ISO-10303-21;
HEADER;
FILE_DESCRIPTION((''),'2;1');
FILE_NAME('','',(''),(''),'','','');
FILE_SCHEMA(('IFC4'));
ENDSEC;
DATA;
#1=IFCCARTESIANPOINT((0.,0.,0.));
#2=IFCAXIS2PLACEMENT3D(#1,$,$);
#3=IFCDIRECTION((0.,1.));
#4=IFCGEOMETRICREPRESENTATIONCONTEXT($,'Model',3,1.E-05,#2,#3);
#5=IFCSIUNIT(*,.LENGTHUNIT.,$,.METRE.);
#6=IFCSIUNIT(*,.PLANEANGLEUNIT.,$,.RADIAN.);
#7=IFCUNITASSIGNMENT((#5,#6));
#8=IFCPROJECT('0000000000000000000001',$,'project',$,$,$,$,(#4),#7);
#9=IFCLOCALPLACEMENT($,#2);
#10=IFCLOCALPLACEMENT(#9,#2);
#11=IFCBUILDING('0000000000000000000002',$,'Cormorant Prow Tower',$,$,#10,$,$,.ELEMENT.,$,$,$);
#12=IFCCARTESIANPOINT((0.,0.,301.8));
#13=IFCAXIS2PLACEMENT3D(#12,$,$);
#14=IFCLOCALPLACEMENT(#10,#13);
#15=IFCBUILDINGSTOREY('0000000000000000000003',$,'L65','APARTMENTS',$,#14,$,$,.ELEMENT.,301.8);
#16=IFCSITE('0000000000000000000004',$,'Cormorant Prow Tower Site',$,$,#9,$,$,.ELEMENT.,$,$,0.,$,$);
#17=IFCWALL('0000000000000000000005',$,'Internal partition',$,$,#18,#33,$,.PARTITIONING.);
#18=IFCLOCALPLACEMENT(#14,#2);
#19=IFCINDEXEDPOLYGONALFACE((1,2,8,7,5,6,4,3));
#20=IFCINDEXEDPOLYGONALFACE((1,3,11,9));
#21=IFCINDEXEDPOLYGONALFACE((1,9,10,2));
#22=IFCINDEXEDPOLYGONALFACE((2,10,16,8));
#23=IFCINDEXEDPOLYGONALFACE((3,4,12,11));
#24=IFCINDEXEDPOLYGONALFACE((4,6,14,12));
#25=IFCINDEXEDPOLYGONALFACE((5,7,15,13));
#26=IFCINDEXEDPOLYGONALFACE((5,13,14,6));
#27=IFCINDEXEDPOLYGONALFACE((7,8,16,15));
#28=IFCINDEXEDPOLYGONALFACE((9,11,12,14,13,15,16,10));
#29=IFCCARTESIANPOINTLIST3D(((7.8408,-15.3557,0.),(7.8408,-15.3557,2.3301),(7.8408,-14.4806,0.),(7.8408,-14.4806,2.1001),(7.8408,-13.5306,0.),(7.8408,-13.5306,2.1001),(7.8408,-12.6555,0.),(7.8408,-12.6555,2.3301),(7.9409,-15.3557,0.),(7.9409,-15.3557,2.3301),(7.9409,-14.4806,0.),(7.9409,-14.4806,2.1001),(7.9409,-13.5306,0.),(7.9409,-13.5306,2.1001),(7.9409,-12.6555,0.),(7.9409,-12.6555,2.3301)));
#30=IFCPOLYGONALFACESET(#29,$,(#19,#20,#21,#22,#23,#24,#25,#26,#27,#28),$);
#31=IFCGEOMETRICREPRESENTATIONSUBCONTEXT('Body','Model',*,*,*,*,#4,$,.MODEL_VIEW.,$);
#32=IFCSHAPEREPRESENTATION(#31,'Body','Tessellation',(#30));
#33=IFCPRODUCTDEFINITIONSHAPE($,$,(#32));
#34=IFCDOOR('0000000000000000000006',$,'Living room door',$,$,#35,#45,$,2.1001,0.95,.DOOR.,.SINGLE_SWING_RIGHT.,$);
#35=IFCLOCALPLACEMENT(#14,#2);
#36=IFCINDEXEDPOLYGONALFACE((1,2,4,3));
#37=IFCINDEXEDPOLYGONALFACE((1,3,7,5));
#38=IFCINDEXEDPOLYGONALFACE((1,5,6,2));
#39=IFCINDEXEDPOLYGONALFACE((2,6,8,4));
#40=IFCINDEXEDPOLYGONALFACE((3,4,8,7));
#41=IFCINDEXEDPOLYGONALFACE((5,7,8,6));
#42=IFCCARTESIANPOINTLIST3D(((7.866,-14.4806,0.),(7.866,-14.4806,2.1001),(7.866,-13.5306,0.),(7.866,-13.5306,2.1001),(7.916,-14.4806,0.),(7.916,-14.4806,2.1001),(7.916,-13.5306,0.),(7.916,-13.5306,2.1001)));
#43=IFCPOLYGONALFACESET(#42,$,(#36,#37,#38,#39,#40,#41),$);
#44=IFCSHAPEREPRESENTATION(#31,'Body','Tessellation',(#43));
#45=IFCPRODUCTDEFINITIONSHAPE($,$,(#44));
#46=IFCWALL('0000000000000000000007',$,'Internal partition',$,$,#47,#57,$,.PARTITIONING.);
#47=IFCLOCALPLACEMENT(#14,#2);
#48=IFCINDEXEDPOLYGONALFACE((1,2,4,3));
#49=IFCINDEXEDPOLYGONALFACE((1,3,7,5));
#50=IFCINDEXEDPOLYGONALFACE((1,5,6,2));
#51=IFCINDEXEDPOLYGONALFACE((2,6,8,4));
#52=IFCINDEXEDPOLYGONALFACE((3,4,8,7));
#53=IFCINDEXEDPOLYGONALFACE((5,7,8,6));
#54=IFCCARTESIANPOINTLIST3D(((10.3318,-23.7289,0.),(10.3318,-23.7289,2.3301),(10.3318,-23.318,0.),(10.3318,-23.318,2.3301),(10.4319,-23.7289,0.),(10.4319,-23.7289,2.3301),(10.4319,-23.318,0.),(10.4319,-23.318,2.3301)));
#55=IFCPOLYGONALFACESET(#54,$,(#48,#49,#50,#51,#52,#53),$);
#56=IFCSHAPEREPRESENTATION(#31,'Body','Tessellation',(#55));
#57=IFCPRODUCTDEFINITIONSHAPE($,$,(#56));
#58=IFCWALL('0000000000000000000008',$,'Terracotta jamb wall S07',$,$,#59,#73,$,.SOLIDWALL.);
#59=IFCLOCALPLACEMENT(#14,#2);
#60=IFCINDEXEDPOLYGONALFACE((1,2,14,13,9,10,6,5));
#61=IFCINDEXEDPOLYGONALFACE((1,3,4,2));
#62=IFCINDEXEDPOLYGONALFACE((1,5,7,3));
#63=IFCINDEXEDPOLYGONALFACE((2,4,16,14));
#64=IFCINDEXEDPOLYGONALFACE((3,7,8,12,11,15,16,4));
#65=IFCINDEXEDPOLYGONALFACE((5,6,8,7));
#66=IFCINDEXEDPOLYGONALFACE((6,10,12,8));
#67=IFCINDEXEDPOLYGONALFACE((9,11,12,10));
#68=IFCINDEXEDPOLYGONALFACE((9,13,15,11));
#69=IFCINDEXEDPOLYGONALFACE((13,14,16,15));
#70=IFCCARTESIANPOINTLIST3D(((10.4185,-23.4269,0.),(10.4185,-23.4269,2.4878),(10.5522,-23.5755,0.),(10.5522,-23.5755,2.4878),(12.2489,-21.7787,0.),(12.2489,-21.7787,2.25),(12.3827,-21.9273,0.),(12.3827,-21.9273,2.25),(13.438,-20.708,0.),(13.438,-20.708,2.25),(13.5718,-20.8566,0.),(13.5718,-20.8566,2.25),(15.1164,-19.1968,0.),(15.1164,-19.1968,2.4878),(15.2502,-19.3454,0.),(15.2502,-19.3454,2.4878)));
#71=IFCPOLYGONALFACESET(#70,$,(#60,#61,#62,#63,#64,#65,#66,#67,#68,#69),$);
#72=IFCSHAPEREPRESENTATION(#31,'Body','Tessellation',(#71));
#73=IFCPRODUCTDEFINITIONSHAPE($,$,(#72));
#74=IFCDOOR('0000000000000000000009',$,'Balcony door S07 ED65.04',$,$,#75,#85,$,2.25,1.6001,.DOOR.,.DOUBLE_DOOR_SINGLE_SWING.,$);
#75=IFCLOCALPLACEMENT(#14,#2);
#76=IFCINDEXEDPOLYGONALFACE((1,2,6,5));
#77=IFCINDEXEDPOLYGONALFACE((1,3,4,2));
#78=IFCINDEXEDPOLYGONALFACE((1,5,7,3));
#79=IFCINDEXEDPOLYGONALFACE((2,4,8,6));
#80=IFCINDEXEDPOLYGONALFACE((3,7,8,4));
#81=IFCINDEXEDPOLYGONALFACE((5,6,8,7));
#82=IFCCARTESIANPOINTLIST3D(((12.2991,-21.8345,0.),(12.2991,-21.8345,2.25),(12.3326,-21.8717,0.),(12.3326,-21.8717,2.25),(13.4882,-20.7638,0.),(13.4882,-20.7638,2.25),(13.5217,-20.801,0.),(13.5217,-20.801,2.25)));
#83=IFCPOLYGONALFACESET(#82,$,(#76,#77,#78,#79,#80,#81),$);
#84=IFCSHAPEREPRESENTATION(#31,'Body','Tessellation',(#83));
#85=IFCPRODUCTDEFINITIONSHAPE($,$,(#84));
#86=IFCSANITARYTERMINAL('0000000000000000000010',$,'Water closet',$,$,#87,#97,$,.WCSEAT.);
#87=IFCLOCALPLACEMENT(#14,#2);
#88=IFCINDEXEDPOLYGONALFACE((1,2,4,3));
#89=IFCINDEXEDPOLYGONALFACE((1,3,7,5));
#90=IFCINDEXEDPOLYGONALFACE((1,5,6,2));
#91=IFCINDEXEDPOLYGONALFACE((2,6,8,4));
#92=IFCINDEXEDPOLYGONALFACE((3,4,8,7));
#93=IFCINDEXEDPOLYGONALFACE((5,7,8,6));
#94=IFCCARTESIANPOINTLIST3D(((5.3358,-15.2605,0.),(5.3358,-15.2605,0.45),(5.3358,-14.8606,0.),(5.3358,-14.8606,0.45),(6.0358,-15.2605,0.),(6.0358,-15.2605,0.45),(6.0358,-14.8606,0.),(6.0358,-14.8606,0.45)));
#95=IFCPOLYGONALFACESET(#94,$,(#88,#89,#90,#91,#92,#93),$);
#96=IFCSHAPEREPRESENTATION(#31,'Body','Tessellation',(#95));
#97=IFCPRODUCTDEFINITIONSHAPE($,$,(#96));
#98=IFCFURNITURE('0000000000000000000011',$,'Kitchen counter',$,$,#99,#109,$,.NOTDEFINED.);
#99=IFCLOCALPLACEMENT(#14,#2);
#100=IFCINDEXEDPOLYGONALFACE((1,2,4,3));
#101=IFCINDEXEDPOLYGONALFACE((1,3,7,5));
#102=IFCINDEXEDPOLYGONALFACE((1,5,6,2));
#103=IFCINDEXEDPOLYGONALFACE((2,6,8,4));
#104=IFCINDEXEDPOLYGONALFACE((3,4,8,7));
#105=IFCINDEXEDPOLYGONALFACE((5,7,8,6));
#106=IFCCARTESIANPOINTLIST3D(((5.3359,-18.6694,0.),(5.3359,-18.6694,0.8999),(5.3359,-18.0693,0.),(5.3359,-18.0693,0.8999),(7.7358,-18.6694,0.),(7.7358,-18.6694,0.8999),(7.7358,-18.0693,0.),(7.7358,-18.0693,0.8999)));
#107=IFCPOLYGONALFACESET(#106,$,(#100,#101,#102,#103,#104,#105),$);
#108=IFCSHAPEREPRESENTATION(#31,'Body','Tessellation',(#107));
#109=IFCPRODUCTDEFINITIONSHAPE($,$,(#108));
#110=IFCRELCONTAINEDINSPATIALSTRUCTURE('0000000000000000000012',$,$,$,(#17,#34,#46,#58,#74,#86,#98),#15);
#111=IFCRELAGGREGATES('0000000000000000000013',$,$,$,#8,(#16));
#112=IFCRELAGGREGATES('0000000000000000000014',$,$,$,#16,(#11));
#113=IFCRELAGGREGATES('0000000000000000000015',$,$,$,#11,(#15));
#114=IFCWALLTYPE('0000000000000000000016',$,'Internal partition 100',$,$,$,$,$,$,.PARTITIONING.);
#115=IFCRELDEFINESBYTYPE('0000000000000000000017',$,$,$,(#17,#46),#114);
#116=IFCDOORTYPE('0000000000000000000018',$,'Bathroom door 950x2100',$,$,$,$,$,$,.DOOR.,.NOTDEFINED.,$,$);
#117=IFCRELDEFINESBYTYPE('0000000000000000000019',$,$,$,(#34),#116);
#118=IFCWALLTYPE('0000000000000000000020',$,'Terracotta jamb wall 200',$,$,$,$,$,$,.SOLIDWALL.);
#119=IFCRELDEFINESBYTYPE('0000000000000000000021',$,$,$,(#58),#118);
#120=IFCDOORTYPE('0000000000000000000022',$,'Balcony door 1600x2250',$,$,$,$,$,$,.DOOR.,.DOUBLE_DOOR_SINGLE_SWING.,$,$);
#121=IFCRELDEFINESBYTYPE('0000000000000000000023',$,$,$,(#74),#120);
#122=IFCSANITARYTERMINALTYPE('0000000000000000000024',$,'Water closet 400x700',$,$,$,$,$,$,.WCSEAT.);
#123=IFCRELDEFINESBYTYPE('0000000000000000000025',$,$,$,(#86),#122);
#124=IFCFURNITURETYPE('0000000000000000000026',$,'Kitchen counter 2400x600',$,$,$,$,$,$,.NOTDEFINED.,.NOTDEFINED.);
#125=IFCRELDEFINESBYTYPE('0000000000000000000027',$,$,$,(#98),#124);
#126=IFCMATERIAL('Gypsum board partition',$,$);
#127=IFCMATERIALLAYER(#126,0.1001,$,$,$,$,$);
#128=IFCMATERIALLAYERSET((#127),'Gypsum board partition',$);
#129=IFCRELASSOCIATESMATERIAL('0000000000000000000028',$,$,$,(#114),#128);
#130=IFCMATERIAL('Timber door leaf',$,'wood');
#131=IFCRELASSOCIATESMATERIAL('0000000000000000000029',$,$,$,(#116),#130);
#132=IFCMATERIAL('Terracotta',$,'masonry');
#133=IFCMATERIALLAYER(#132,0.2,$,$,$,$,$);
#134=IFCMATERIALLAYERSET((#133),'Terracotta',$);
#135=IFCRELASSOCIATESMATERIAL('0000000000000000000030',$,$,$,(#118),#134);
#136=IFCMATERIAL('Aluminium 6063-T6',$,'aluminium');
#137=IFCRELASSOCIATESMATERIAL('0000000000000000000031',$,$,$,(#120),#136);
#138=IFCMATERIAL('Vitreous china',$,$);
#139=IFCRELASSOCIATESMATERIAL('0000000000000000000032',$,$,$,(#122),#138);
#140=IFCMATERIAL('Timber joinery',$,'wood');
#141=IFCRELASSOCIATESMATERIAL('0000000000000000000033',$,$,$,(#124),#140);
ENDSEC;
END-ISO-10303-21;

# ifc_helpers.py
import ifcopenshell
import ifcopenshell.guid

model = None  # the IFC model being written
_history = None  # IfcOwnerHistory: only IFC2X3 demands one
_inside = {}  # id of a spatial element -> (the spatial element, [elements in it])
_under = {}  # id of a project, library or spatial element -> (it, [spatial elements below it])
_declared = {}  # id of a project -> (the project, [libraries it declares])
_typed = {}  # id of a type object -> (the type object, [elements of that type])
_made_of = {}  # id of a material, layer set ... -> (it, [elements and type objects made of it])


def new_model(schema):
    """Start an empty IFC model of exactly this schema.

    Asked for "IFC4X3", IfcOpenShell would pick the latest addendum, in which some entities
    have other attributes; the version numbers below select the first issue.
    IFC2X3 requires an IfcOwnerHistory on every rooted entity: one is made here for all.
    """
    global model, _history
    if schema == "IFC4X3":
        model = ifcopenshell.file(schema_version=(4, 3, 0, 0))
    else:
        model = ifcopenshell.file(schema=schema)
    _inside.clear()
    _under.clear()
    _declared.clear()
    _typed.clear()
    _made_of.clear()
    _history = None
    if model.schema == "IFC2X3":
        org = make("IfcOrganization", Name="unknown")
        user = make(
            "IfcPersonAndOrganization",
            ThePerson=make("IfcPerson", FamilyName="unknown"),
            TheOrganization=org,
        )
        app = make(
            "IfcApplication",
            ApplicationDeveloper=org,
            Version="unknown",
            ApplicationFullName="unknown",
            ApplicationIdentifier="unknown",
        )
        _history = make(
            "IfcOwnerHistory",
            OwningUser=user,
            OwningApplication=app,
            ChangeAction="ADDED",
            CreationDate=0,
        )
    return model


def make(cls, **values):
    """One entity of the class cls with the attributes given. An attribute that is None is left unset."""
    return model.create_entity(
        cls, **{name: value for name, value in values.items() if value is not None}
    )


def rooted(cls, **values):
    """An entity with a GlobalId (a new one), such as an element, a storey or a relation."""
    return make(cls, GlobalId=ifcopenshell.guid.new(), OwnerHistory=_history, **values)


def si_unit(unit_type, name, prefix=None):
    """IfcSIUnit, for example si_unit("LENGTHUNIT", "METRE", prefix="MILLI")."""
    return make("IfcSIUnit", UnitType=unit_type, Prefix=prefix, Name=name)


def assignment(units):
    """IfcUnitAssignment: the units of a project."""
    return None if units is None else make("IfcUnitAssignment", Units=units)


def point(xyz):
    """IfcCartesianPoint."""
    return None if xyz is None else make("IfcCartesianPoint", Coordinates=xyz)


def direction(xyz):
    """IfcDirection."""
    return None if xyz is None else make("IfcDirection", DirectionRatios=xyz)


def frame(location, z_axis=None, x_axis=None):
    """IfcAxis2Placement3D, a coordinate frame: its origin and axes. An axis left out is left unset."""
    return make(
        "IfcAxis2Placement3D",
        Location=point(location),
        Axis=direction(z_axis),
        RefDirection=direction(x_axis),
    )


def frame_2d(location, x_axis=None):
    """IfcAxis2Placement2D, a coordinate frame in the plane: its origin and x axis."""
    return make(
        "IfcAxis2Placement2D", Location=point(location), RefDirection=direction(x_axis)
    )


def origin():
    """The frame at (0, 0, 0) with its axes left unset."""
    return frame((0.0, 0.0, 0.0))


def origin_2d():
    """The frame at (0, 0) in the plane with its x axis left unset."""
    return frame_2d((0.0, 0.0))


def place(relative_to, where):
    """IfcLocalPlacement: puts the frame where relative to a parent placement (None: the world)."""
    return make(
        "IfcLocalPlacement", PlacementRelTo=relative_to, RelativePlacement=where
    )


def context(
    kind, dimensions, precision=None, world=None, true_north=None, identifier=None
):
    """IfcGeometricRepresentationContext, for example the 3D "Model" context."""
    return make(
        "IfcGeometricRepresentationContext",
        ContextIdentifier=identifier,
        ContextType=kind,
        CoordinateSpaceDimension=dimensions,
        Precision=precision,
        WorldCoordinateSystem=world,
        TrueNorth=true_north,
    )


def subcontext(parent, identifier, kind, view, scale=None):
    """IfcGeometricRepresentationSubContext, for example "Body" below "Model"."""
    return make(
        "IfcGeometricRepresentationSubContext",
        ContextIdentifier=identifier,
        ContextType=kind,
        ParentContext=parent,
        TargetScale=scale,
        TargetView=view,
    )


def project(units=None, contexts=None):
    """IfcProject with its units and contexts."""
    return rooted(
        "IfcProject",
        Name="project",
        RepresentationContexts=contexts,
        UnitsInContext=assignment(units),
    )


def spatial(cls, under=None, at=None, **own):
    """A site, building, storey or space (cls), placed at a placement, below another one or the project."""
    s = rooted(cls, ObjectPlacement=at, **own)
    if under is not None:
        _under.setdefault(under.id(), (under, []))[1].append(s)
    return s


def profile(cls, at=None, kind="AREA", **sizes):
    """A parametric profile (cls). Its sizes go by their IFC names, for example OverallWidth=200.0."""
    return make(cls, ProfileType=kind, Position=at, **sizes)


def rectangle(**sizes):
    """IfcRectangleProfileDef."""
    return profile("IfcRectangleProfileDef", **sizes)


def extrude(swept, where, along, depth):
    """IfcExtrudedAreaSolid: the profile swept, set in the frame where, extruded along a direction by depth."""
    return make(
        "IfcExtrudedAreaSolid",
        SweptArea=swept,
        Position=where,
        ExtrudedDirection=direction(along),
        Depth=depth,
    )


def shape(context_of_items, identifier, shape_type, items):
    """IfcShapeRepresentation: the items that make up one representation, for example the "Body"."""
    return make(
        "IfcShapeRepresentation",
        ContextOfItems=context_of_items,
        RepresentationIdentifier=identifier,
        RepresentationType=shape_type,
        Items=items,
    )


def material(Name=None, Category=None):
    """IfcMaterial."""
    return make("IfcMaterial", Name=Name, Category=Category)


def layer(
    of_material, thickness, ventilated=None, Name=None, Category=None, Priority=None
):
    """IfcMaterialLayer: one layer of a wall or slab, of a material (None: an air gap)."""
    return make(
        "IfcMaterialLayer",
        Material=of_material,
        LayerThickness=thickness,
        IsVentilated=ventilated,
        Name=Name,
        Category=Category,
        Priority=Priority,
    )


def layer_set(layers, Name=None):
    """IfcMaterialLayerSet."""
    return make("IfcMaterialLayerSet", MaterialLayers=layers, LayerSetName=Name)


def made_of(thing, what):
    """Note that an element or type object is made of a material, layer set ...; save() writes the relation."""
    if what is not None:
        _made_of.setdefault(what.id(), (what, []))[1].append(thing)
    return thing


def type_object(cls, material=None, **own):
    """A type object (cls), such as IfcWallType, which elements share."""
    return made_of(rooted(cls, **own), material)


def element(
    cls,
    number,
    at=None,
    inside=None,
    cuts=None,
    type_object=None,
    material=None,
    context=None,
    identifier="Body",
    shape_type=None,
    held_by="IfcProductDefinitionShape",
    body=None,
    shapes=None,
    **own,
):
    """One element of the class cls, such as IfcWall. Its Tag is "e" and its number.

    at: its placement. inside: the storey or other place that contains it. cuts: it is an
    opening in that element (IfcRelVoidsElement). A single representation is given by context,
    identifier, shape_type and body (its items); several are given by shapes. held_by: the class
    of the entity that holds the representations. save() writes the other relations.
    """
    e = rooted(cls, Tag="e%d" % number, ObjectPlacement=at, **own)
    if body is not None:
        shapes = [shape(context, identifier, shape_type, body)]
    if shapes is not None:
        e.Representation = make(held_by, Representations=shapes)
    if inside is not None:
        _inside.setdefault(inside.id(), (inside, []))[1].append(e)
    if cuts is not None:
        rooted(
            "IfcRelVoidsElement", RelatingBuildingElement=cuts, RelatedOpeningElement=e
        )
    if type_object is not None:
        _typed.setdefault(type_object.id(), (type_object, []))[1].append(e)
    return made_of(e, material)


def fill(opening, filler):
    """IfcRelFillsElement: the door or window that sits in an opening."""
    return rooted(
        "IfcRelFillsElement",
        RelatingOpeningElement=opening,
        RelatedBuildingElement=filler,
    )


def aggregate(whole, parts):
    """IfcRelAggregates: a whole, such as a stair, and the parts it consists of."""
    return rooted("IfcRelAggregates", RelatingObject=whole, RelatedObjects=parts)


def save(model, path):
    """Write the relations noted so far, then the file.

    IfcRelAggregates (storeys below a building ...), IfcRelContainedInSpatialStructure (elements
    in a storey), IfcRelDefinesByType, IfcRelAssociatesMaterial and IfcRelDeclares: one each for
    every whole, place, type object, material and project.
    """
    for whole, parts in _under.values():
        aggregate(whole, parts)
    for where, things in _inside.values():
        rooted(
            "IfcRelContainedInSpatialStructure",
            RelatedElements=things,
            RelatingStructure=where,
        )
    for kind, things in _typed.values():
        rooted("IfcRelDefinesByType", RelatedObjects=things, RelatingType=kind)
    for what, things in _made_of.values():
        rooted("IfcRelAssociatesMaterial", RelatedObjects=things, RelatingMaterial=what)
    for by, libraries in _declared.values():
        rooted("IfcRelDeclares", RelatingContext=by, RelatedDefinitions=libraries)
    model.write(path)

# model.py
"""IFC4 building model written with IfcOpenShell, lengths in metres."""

from ifc_helpers import new_model, si_unit, direction, frame, frame_2d, origin, origin_2d, place, context, subcontext, project, spatial, rectangle, extrude, material, layer, layer_set, type_object, element, fill, save


model = new_model("IFC4")

# Units and contexts
model_context = context("Model", 3, precision=1e-05, world=origin(), true_north=direction((0.0, 1.0)))
body_context = subcontext(model_context, "Body", "Model", "MODEL_VIEW")
ifc_project = project(units=[si_unit("LENGTHUNIT", "METRE"), si_unit("PLANEANGLEUNIT", "RADIAN")], contexts=[model_context])

# Site, building, storey
site_placement = place(None, origin())
site = spatial("IfcSite", under=ifc_project, at=site_placement, Name="Cormorant Prow Tower Site", CompositionType="ELEMENT", RefElevation=0.0)
building_placement = place(site_placement, origin())
building = spatial("IfcBuilding", under=site, at=building_placement, Name="Cormorant Prow Tower", CompositionType="ELEMENT")
storey_placement = place(building_placement, frame((0.0, 0.0, 301.8)))
storey = spatial("IfcBuildingStorey", under=building, at=storey_placement, Name="L65", Description="APARTMENTS", CompositionType="ELEMENT", Elevation=301.8)

# Wall, opening, door
ifc_material_1 = material(Name="Gypsum board partition")
ifc_layer_1 = layer(ifc_material_1, 0.1001)
ifc_layer_set_1 = layer_set([ifc_layer_1], Name="Gypsum board partition")
wall_type_1 = type_object("IfcWallType", Name="Internal partition 100", PredefinedType="PARTITIONING", material=ifc_layer_set_1)
ifc_material_2 = material(Name="Timber door leaf", Category="wood")
door_type_1 = type_object("IfcDoorType", Name="Bathroom door 950x2100", OperationType="NOTDEFINED", PredefinedType="DOOR", material=ifc_material_2)
wall_1_placement = place(storey_placement, frame((7.8909, -15.3557, 0.0), z_axis=(0.0, 0.0, 1.0), x_axis=(0.0, 1.0, 0.0)))
wall_1 = element("IfcWall", 1, at=wall_1_placement, inside=storey, type_object=wall_type_1, Name="Internal partition", PredefinedType="PARTITIONING", context=body_context, shape_type="SweptSolid", body=[
    extrude(rectangle(XDim=2.7002, YDim=0.1001, at=frame_2d((1.3501, 0.0))), origin(), (0.0, 0.0, 1.0), 2.3301),
])
opening_1_placement = place(wall_1_placement, frame((0.875, 0.0, 0.0)))
opening_1 = element("IfcOpeningElement", 2, at=opening_1_placement, cuts=wall_1, PredefinedType="OPENING", context=body_context, shape_type="SweptSolid", body=[
    extrude(rectangle(XDim=0.95, YDim=2.1001, at=frame_2d((0.4751, 1.05))), frame((0.0, 0.0601, 0.0), z_axis=(0.0, -1.0, 0.0), x_axis=(1.0, 0.0, 0.0)), (0.0, 0.0, 1.0), 0.1201),
])
door_1_placement = place(opening_1_placement, origin())
door_1 = element("IfcDoor", 3, at=door_1_placement, inside=storey, type_object=door_type_1, Name="Living room door", OperationType="SINGLE_SWING_RIGHT", OverallHeight=2.1001, OverallWidth=0.95, PredefinedType="DOOR", context=body_context, shape_type="SweptSolid", body=[
    extrude(rectangle(XDim=0.95, YDim=2.1001, at=frame_2d((0.4751, 1.05))), frame((0.0, 0.0249, 0.0), z_axis=(0.0, -1.0, 0.0), x_axis=(1.0, 0.0, 0.0)), (0.0, 0.0, 1.0), 0.05),
])
fill(opening_1, door_1)

# Wall
wall_2_placement = place(storey_placement, frame((10.3818, -23.729, 0.0), z_axis=(0.0, 0.0, 1.0), x_axis=(0.0, 1.0, 0.0)))
element("IfcWall", 4, at=wall_2_placement, inside=storey, type_object=wall_type_1, Name="Internal partition", PredefinedType="PARTITIONING", context=body_context, shape_type="SweptSolid", body=[
    extrude(rectangle(XDim=0.4109, YDim=0.1001, at=frame_2d((0.2056, 0.0))), origin(), (0.0, 0.0, 1.0), 2.3301),
])

# Wall, opening, door
ifc_material_3 = material(Name="Terracotta", Category="masonry")
ifc_layer_2 = layer(ifc_material_3, 0.2)
ifc_layer_set_2 = layer_set([ifc_layer_2], Name="Terracotta")
wall_type_2 = type_object("IfcWallType", Name="Terracotta jamb wall 200", PredefinedType="SOLIDWALL", material=ifc_layer_set_2)
wall_3_placement = place(storey_placement, frame((10.4854, -23.5012, 0.0), z_axis=(0.0, 0.0, 1.0), x_axis=(0.743135, 0.669142, 0.0)))
wall_3 = element("IfcWall", 5, at=wall_3_placement, inside=storey, type_object=wall_type_2, Name="Terracotta jamb wall S07", PredefinedType="SOLIDWALL", context=body_context, shape_type="SweptSolid", body=[
    extrude(rectangle(XDim=6.3218, YDim=0.2, at=frame_2d((3.1609, 0.0))), origin(), (0.0, 0.0, 1.0), 2.4878),
])
opening_2_placement = place(wall_3_placement, frame((2.4631, 0.0, 0.0)))
opening_2 = element("IfcOpeningElement", 6, at=opening_2_placement, cuts=wall_3, PredefinedType="OPENING", context=body_context, shape_type="SweptSolid", body=[
    extrude(rectangle(XDim=1.6001, YDim=2.25, at=frame_2d((0.8, 1.125))), frame((0.0, 0.1099, 0.0), z_axis=(0.0, -1.0, 0.0), x_axis=(1.0, 0.0, 0.0)), (0.0, 0.0, 1.0), 0.22),
])
ifc_material_4 = material(Name="Aluminium 6063-T6", Category="aluminium")
door_type_2 = type_object("IfcDoorType", Name="Balcony door 1600x2250", OperationType="DOUBLE_DOOR_SINGLE_SWING", PredefinedType="DOOR", material=ifc_material_4)
door_2_placement = place(opening_2_placement, origin())
door_2 = element("IfcDoor", 7, at=door_2_placement, inside=storey, type_object=door_type_2, Name="Balcony door S07 ED65.04", OperationType="DOUBLE_DOOR_SINGLE_SWING", OverallHeight=2.25, OverallWidth=1.6001, PredefinedType="DOOR", context=body_context, shape_type="SweptSolid", body=[
    extrude(rectangle(XDim=1.6001, YDim=2.25, at=frame_2d((0.8, 1.125))), frame((0.0, 0.0249, 0.0), z_axis=(0.0, -1.0, 0.0), x_axis=(1.0, 0.0, 0.0)), (0.0, 0.0, 1.0), 0.05),
])
fill(opening_2, door_2)

# Sanitary terminal
ifc_material_5 = material(Name="Vitreous china")
sanitary_terminal_type = type_object("IfcSanitaryTerminalType", Name="Water closet 400x700", PredefinedType="WCSEAT", material=ifc_material_5)
sanitary_terminal_placement = place(storey_placement, frame((5.6858, -15.0605, 0.0), z_axis=(0.0, 0.0, 1.0), x_axis=(0.0, 1.0, 0.0)))
element("IfcSanitaryTerminal", 8, at=sanitary_terminal_placement, inside=storey, type_object=sanitary_terminal_type, Name="Water closet", PredefinedType="WCSEAT", context=body_context, shape_type="SweptSolid", body=[
    extrude(rectangle(XDim=0.3999, YDim=0.7, at=origin_2d()), origin(), (0.0, 0.0, 1.0), 0.45),
])

# Furniture
ifc_material_6 = material(Name="Timber joinery", Category="wood")
furniture_type = type_object("IfcFurnitureType", Name="Kitchen counter 2400x600", AssemblyPlace="NOTDEFINED", PredefinedType="NOTDEFINED", material=ifc_material_6)
furniture_placement = place(storey_placement, frame((6.5359, -18.3694, 0.0), z_axis=(0.0, 0.0, 1.0), x_axis=(1.0, 0.0, 0.0)))
element("IfcFurniture", 9, at=furniture_placement, inside=storey, type_object=furniture_type, Name="Kitchen counter", PredefinedType="NOTDEFINED", context=body_context, shape_type="SweptSolid", body=[
    extrude(rectangle(XDim=2.3999, YDim=0.6001, at=origin_2d()), origin(), (0.0, 0.0, 1.0), 0.8999),
])

save(model, "model.ifc")
